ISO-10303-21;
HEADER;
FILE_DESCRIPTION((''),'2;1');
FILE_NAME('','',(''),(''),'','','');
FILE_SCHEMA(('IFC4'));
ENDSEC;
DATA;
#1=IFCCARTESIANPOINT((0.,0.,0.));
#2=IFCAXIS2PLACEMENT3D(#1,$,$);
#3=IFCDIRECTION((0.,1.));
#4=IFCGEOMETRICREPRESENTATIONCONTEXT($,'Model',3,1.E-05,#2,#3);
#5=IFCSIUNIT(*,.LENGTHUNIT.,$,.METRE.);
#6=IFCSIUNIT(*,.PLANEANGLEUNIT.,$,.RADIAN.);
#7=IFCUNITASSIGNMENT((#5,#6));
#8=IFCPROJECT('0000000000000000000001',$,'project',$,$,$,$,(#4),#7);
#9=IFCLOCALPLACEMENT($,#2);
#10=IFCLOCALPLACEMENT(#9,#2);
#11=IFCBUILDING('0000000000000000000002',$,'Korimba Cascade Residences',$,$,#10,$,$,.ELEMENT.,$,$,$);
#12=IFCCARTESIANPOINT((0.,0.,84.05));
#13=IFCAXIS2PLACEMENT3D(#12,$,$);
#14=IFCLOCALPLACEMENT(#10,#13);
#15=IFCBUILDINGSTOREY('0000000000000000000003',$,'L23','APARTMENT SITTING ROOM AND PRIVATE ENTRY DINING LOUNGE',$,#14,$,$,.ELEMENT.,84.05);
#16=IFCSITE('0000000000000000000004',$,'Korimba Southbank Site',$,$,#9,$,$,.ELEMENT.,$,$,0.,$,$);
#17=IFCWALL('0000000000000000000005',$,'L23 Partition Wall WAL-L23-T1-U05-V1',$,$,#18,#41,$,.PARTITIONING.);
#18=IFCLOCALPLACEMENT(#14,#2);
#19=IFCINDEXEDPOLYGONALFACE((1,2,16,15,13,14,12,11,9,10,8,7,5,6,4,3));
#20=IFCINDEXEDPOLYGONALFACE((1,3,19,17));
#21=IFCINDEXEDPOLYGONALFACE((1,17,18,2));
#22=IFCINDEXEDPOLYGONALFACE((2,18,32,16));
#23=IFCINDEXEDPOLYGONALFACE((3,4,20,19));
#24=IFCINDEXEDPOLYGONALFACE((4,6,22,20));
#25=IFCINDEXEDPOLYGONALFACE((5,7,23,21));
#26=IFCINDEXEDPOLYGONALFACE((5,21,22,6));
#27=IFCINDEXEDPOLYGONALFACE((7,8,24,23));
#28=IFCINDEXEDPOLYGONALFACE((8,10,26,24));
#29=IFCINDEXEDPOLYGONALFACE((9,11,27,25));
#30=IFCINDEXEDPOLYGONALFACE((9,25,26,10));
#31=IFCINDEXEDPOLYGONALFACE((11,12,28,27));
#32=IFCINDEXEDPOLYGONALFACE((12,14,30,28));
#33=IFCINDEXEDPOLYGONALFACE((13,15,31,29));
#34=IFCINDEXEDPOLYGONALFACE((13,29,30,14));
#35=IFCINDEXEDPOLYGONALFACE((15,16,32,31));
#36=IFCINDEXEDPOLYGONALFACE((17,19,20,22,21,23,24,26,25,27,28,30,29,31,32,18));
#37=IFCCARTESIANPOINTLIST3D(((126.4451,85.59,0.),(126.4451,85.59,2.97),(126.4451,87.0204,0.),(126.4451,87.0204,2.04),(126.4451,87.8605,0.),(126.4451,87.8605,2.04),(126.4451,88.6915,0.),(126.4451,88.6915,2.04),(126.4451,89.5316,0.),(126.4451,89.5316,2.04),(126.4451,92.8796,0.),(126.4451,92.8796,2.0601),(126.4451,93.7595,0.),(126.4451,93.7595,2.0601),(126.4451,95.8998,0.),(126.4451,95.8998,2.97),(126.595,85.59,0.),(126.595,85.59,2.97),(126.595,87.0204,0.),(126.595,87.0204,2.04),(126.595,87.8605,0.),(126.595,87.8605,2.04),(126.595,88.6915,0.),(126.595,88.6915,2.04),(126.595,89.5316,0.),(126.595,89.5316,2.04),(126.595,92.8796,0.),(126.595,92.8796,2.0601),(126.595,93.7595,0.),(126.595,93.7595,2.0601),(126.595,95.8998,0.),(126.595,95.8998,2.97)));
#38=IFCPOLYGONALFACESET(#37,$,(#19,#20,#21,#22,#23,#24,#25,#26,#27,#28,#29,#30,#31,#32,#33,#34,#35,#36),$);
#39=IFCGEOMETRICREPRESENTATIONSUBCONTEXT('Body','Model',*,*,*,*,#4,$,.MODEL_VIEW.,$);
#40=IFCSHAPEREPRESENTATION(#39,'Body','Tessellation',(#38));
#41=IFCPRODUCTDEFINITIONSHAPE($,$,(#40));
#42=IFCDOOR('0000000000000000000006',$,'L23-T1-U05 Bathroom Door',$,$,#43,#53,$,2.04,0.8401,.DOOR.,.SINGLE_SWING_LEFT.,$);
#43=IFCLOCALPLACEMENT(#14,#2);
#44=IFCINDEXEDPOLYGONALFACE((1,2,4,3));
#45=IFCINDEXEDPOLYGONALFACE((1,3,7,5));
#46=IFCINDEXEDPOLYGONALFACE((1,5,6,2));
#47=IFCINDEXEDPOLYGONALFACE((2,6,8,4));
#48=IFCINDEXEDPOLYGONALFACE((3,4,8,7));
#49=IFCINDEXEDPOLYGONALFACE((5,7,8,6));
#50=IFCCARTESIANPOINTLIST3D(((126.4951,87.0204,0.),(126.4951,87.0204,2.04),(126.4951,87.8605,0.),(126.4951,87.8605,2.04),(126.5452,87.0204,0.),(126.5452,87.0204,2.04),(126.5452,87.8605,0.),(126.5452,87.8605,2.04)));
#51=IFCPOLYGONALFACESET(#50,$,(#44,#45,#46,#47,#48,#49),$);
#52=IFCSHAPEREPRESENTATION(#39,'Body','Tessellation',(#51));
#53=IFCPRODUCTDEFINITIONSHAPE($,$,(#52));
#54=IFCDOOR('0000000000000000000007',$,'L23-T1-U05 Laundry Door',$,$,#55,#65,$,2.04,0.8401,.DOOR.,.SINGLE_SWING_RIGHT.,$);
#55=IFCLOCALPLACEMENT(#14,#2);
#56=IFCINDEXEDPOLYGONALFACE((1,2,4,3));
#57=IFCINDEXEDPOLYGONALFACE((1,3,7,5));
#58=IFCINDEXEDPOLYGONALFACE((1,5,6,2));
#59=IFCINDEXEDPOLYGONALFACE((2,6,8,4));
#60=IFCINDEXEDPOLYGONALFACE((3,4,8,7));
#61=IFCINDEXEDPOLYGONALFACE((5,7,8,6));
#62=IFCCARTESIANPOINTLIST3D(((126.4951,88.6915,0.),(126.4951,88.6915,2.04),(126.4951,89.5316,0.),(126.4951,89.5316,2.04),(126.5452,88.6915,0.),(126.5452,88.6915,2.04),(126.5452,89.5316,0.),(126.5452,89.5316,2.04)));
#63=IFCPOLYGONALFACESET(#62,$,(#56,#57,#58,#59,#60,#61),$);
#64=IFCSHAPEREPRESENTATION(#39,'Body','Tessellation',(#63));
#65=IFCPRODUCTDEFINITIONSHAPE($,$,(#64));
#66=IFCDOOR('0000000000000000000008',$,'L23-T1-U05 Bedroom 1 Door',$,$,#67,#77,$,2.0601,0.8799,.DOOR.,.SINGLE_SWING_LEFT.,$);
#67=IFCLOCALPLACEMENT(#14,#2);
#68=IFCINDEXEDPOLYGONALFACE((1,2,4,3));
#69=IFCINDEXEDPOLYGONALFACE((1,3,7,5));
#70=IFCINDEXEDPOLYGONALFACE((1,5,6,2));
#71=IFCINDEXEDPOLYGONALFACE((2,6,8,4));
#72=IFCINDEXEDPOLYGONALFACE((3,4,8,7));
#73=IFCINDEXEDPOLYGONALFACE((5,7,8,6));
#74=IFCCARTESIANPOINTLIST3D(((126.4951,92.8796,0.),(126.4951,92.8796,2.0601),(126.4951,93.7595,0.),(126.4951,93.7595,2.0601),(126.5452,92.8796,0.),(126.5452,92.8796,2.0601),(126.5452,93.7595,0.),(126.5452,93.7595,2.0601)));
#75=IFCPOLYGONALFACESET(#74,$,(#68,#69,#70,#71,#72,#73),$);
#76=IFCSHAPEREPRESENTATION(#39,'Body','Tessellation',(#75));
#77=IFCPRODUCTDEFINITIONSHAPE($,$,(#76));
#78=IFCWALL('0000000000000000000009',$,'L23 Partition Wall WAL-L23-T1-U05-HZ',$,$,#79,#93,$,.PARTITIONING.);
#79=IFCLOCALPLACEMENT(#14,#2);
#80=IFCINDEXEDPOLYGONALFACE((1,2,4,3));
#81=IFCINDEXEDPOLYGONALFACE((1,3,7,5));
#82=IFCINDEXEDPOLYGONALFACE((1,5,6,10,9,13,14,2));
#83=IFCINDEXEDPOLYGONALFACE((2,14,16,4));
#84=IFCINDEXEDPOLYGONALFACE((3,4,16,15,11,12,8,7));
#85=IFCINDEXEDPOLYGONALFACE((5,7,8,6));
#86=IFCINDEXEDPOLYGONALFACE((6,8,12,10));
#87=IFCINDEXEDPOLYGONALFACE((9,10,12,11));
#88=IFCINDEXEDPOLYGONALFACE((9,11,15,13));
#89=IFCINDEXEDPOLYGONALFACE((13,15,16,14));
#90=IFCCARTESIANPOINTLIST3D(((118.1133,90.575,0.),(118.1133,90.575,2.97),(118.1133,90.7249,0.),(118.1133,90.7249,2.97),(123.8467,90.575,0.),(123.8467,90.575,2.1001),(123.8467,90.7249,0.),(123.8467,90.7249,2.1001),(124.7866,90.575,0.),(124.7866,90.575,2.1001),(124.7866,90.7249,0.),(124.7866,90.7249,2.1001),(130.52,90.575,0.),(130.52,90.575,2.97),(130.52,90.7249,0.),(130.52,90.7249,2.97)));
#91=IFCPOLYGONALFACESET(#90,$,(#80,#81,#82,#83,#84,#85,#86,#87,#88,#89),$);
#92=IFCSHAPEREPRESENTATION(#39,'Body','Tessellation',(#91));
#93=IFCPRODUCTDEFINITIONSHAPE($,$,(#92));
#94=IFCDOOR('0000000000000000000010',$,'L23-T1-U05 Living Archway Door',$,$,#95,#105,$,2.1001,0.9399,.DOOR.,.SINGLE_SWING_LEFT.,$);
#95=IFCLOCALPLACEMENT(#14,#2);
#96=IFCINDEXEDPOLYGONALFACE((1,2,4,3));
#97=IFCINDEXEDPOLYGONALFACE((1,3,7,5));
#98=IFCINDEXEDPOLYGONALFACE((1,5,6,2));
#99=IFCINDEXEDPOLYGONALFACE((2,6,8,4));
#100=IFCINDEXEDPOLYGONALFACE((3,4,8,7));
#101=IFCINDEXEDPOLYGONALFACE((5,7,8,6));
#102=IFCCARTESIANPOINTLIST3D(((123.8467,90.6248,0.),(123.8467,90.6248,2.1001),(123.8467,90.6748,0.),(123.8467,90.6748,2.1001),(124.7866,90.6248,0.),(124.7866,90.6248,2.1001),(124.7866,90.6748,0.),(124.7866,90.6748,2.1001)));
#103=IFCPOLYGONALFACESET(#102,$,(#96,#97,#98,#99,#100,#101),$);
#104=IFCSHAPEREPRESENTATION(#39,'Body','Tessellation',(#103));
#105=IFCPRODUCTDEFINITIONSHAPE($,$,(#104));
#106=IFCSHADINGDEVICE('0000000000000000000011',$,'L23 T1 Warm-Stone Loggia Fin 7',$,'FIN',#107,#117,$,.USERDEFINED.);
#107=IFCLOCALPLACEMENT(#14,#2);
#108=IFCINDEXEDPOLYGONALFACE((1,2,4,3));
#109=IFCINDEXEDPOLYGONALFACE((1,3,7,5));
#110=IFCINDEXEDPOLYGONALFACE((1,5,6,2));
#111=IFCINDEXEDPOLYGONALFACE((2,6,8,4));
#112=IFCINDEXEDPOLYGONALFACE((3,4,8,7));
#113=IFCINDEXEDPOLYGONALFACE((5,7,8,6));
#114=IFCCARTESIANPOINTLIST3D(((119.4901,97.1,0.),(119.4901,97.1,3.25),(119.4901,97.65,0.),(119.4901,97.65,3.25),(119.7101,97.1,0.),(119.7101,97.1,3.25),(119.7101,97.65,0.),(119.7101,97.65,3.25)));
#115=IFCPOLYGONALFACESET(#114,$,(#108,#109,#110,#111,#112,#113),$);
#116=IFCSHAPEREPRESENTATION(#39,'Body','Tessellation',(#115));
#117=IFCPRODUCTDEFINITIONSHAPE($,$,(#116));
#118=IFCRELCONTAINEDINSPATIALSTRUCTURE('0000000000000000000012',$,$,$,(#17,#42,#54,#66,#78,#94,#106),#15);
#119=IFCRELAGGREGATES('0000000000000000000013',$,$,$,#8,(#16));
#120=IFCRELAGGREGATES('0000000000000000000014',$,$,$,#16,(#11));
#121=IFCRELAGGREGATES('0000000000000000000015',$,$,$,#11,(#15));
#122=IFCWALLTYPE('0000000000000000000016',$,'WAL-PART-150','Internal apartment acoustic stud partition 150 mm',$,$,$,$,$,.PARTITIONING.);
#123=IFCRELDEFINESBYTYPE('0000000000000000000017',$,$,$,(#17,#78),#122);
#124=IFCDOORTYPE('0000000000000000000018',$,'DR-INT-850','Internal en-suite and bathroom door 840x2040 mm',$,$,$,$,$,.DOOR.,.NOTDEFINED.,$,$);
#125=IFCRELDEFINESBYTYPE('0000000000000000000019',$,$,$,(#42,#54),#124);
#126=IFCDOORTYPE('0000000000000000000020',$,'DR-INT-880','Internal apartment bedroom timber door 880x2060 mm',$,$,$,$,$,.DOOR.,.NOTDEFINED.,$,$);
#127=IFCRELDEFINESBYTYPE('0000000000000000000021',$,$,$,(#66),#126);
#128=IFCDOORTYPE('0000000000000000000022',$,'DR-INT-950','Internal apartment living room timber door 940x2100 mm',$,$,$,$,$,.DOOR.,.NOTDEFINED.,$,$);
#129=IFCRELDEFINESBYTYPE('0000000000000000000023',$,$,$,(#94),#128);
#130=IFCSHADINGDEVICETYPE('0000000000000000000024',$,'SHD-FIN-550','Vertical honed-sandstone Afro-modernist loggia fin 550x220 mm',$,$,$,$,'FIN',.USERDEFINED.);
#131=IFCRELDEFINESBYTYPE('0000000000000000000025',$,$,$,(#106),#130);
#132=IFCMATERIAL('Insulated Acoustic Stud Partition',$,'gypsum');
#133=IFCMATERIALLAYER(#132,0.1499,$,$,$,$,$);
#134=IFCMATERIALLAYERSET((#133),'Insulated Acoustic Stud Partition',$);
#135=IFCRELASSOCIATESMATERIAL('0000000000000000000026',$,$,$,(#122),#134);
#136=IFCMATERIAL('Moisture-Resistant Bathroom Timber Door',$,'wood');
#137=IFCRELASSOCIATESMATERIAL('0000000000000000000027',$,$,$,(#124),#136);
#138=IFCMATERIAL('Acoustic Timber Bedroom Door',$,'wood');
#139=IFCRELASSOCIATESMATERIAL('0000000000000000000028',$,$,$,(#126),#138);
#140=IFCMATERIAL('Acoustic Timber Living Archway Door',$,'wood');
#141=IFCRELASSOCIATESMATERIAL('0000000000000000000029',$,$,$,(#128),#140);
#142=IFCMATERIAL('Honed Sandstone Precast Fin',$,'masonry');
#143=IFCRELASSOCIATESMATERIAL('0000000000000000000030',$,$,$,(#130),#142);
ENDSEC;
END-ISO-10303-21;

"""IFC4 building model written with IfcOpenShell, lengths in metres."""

from ifc_helpers import new_model, si_unit, direction, frame, frame_2d, origin, origin_2d, place, context, subcontext, project, spatial, rectangle, extrude, material, layer, layer_set, type_object, element, fill, save


model = new_model("IFC4")

# Units and contexts
model_context = context("Model", 3, precision=1e-05, world=origin(), true_north=direction((0.0, 1.0)))
body_context = subcontext(model_context, "Body", "Model", "MODEL_VIEW")
ifc_project = project(units=[si_unit("LENGTHUNIT", "METRE"), si_unit("PLANEANGLEUNIT", "RADIAN")], contexts=[model_context])

# Site, building, storey
site_placement = place(None, origin())
site = spatial("IfcSite", under=ifc_project, at=site_placement, Name="Korimba Southbank Site", CompositionType="ELEMENT", RefElevation=0.0)
building_placement = place(site_placement, origin())
building = spatial("IfcBuilding", under=site, at=building_placement, Name="Korimba Cascade Residences", CompositionType="ELEMENT")
storey_placement = place(building_placement, frame((0.0, 0.0, 84.05)))
storey = spatial("IfcBuildingStorey", under=building, at=storey_placement, Name="L23", Description="APARTMENT SITTING ROOM AND PRIVATE ENTRY DINING LOUNGE", CompositionType="ELEMENT", Elevation=84.05)

# Shared definitions
ifc_material_1 = material(Name="Insulated Acoustic Stud Partition", Category="gypsum")
ifc_layer = layer(ifc_material_1, 0.1499)
ifc_layer_set = layer_set([ifc_layer], Name="Insulated Acoustic Stud Partition")
wall_type = type_object("IfcWallType", Name="WAL-PART-150", Description="Internal apartment acoustic stud partition 150 mm", PredefinedType="PARTITIONING", material=ifc_layer_set)

# Wall, openings, doors
wall_1_placement = place(storey_placement, frame((126.52, 85.5901, 0.0), z_axis=(0.0, 0.0, 1.0), x_axis=(0.0, 1.0, 0.0)))
wall_1 = element("IfcWall", 1, at=wall_1_placement, inside=storey, type_object=wall_type, Name="L23 Partition Wall WAL-L23-T1-U05-V1", PredefinedType="PARTITIONING", context=body_context, shape_type="SweptSolid", body=[
    extrude(rectangle(XDim=10.3098, YDim=0.1499, at=frame_2d((5.1548, 0.0))), origin(), (0.0, 0.0, 1.0), 2.97),
])
opening_1_placement = place(wall_1_placement, frame((1.4304, 0.0, 0.0)))
opening_1 = element("IfcOpeningElement", 2, at=opening_1_placement, cuts=wall_1, PredefinedType="OPENING", context=body_context, shape_type="SweptSolid", body=[
    extrude(rectangle(XDim=0.8401, YDim=2.04, at=frame_2d((0.4199, 1.02))), frame((0.0, 0.085, 0.0), z_axis=(0.0, -1.0, 0.0), x_axis=(1.0, 0.0, 0.0)), (0.0, 0.0, 1.0), 0.1699),
])
opening_2_placement = place(wall_1_placement, frame((3.1016, 0.0, 0.0)))
opening_2 = element("IfcOpeningElement", 3, at=opening_2_placement, cuts=wall_1, PredefinedType="OPENING", context=body_context, shape_type="SweptSolid", body=[
    extrude(rectangle(XDim=0.8401, YDim=2.04, at=frame_2d((0.4199, 1.02))), frame((0.0, 0.085, 0.0), z_axis=(0.0, -1.0, 0.0), x_axis=(1.0, 0.0, 0.0)), (0.0, 0.0, 1.0), 0.1699),
])
opening_3_placement = place(wall_1_placement, frame((7.2896, 0.0, 0.0)))
opening_3 = element("IfcOpeningElement", 4, at=opening_3_placement, cuts=wall_1, PredefinedType="OPENING", context=body_context, shape_type="SweptSolid", body=[
    extrude(rectangle(XDim=0.8799, YDim=2.0601, at=frame_2d((0.4399, 1.03))), frame((0.0, 0.085, 0.0), z_axis=(0.0, -1.0, 0.0), x_axis=(1.0, 0.0, 0.0)), (0.0, 0.0, 1.0), 0.1699),
])
ifc_material_2 = material(Name="Moisture-Resistant Bathroom Timber Door", Category="wood")
door_type_1 = type_object("IfcDoorType", Name="DR-INT-850", Description="Internal en-suite and bathroom door 840x2040 mm", OperationType="NOTDEFINED", PredefinedType="DOOR", material=ifc_material_2)
door_1_placement = place(opening_1_placement, origin())
door_1 = element("IfcDoor", 5, at=door_1_placement, inside=storey, type_object=door_type_1, Name="L23-T1-U05 Bathroom Door", OperationType="SINGLE_SWING_LEFT", OverallHeight=2.04, OverallWidth=0.8401, PredefinedType="DOOR", context=body_context, shape_type="SweptSolid", body=[
    extrude(rectangle(XDim=0.8401, YDim=2.04, at=frame_2d((0.4199, 1.02))), frame((0.0, 0.0249, 0.0), z_axis=(0.0, -1.0, 0.0), x_axis=(1.0, 0.0, 0.0)), (0.0, 0.0, 1.0), 0.05),
])
fill(opening_1, door_1)
door_2_placement = place(opening_2_placement, origin())
door_2 = element("IfcDoor", 6, at=door_2_placement, inside=storey, type_object=door_type_1, Name="L23-T1-U05 Laundry Door", OperationType="SINGLE_SWING_RIGHT", OverallHeight=2.04, OverallWidth=0.8401, PredefinedType="DOOR", context=body_context, shape_type="SweptSolid", body=[
    extrude(rectangle(XDim=0.8401, YDim=2.04, at=frame_2d((0.4199, 1.02))), frame((0.0, 0.0249, 0.0), z_axis=(0.0, -1.0, 0.0), x_axis=(1.0, 0.0, 0.0)), (0.0, 0.0, 1.0), 0.05),
])
fill(opening_2, door_2)
ifc_material_3 = material(Name="Acoustic Timber Bedroom Door", Category="wood")
door_type_2 = type_object("IfcDoorType", Name="DR-INT-880", Description="Internal apartment bedroom timber door 880x2060 mm", OperationType="NOTDEFINED", PredefinedType="DOOR", material=ifc_material_3)
door_3_placement = place(opening_3_placement, origin())
door_3 = element("IfcDoor", 7, at=door_3_placement, inside=storey, type_object=door_type_2, Name="L23-T1-U05 Bedroom 1 Door", OperationType="SINGLE_SWING_LEFT", OverallHeight=2.0601, OverallWidth=0.8799, PredefinedType="DOOR", context=body_context, shape_type="SweptSolid", body=[
    extrude(rectangle(XDim=0.8799, YDim=2.0601, at=frame_2d((0.4399, 1.03))), frame((0.0, 0.0249, 0.0), z_axis=(0.0, -1.0, 0.0), x_axis=(1.0, 0.0, 0.0)), (0.0, 0.0, 1.0), 0.05),
])
fill(opening_3, door_3)

# Wall, opening, door
wall_2_placement = place(storey_placement, frame((118.1133, 90.6499, 0.0), z_axis=(0.0, 0.0, 1.0), x_axis=(1.0, 0.0, 0.0)))
wall_2 = element("IfcWall", 8, at=wall_2_placement, inside=storey, type_object=wall_type, Name="L23 Partition Wall WAL-L23-T1-U05-HZ", PredefinedType="PARTITIONING", context=body_context, shape_type="SweptSolid", body=[
    extrude(rectangle(XDim=12.4067, YDim=0.1499, at=frame_2d((6.2034, 0.0))), origin(), (0.0, 0.0, 1.0), 2.97),
])
opening_4_placement = place(wall_2_placement, frame((5.7334, 0.0, 0.0)))
opening_4 = element("IfcOpeningElement", 9, at=opening_4_placement, cuts=wall_2, PredefinedType="OPENING", context=body_context, shape_type="SweptSolid", body=[
    extrude(rectangle(XDim=0.9399, YDim=2.1001, at=frame_2d((0.47, 1.05))), frame((0.0, 0.085, 0.0), z_axis=(0.0, -1.0, 0.0), x_axis=(1.0, 0.0, 0.0)), (0.0, 0.0, 1.0), 0.1699),
])
ifc_material_4 = material(Name="Acoustic Timber Living Archway Door", Category="wood")
door_type_3 = type_object("IfcDoorType", Name="DR-INT-950", Description="Internal apartment living room timber door 940x2100 mm", OperationType="NOTDEFINED", PredefinedType="DOOR", material=ifc_material_4)
door_4_placement = place(opening_4_placement, origin())
door_4 = element("IfcDoor", 10, at=door_4_placement, inside=storey, type_object=door_type_3, Name="L23-T1-U05 Living Archway Door", OperationType="SINGLE_SWING_LEFT", OverallHeight=2.1001, OverallWidth=0.9399, PredefinedType="DOOR", context=body_context, shape_type="SweptSolid", body=[
    extrude(rectangle(XDim=0.9399, YDim=2.1001, at=frame_2d((0.47, 1.05))), frame((0.0, 0.0249, 0.0), z_axis=(0.0, -1.0, 0.0), x_axis=(1.0, 0.0, 0.0)), (0.0, 0.0, 1.0), 0.05),
])
fill(opening_4, door_4)

# Shading device
ifc_material_5 = material(Name="Honed Sandstone Precast Fin", Category="masonry")
shading_device_type = type_object("IfcShadingDeviceType", Name="SHD-FIN-550", Description="Vertical honed-sandstone Afro-modernist loggia fin 550x220 mm", ElementType="FIN", PredefinedType="USERDEFINED", material=ifc_material_5)
shading_device_placement = place(storey_placement, frame((119.6001, 97.375, 0.0), z_axis=(0.0, 0.0, 1.0), x_axis=(1.0, 0.0, 0.0)))
element("IfcShadingDevice", 11, at=shading_device_placement, inside=storey, type_object=shading_device_type, Name="L23 T1 Warm-Stone Loggia Fin 7", ObjectType="FIN", PredefinedType="USERDEFINED", context=body_context, shape_type="SweptSolid", body=[
    extrude(rectangle(XDim=0.22, YDim=0.55, at=origin_2d()), origin(), (0.0, 0.0, 1.0), 3.25),
])

save(model, "model.ifc")
